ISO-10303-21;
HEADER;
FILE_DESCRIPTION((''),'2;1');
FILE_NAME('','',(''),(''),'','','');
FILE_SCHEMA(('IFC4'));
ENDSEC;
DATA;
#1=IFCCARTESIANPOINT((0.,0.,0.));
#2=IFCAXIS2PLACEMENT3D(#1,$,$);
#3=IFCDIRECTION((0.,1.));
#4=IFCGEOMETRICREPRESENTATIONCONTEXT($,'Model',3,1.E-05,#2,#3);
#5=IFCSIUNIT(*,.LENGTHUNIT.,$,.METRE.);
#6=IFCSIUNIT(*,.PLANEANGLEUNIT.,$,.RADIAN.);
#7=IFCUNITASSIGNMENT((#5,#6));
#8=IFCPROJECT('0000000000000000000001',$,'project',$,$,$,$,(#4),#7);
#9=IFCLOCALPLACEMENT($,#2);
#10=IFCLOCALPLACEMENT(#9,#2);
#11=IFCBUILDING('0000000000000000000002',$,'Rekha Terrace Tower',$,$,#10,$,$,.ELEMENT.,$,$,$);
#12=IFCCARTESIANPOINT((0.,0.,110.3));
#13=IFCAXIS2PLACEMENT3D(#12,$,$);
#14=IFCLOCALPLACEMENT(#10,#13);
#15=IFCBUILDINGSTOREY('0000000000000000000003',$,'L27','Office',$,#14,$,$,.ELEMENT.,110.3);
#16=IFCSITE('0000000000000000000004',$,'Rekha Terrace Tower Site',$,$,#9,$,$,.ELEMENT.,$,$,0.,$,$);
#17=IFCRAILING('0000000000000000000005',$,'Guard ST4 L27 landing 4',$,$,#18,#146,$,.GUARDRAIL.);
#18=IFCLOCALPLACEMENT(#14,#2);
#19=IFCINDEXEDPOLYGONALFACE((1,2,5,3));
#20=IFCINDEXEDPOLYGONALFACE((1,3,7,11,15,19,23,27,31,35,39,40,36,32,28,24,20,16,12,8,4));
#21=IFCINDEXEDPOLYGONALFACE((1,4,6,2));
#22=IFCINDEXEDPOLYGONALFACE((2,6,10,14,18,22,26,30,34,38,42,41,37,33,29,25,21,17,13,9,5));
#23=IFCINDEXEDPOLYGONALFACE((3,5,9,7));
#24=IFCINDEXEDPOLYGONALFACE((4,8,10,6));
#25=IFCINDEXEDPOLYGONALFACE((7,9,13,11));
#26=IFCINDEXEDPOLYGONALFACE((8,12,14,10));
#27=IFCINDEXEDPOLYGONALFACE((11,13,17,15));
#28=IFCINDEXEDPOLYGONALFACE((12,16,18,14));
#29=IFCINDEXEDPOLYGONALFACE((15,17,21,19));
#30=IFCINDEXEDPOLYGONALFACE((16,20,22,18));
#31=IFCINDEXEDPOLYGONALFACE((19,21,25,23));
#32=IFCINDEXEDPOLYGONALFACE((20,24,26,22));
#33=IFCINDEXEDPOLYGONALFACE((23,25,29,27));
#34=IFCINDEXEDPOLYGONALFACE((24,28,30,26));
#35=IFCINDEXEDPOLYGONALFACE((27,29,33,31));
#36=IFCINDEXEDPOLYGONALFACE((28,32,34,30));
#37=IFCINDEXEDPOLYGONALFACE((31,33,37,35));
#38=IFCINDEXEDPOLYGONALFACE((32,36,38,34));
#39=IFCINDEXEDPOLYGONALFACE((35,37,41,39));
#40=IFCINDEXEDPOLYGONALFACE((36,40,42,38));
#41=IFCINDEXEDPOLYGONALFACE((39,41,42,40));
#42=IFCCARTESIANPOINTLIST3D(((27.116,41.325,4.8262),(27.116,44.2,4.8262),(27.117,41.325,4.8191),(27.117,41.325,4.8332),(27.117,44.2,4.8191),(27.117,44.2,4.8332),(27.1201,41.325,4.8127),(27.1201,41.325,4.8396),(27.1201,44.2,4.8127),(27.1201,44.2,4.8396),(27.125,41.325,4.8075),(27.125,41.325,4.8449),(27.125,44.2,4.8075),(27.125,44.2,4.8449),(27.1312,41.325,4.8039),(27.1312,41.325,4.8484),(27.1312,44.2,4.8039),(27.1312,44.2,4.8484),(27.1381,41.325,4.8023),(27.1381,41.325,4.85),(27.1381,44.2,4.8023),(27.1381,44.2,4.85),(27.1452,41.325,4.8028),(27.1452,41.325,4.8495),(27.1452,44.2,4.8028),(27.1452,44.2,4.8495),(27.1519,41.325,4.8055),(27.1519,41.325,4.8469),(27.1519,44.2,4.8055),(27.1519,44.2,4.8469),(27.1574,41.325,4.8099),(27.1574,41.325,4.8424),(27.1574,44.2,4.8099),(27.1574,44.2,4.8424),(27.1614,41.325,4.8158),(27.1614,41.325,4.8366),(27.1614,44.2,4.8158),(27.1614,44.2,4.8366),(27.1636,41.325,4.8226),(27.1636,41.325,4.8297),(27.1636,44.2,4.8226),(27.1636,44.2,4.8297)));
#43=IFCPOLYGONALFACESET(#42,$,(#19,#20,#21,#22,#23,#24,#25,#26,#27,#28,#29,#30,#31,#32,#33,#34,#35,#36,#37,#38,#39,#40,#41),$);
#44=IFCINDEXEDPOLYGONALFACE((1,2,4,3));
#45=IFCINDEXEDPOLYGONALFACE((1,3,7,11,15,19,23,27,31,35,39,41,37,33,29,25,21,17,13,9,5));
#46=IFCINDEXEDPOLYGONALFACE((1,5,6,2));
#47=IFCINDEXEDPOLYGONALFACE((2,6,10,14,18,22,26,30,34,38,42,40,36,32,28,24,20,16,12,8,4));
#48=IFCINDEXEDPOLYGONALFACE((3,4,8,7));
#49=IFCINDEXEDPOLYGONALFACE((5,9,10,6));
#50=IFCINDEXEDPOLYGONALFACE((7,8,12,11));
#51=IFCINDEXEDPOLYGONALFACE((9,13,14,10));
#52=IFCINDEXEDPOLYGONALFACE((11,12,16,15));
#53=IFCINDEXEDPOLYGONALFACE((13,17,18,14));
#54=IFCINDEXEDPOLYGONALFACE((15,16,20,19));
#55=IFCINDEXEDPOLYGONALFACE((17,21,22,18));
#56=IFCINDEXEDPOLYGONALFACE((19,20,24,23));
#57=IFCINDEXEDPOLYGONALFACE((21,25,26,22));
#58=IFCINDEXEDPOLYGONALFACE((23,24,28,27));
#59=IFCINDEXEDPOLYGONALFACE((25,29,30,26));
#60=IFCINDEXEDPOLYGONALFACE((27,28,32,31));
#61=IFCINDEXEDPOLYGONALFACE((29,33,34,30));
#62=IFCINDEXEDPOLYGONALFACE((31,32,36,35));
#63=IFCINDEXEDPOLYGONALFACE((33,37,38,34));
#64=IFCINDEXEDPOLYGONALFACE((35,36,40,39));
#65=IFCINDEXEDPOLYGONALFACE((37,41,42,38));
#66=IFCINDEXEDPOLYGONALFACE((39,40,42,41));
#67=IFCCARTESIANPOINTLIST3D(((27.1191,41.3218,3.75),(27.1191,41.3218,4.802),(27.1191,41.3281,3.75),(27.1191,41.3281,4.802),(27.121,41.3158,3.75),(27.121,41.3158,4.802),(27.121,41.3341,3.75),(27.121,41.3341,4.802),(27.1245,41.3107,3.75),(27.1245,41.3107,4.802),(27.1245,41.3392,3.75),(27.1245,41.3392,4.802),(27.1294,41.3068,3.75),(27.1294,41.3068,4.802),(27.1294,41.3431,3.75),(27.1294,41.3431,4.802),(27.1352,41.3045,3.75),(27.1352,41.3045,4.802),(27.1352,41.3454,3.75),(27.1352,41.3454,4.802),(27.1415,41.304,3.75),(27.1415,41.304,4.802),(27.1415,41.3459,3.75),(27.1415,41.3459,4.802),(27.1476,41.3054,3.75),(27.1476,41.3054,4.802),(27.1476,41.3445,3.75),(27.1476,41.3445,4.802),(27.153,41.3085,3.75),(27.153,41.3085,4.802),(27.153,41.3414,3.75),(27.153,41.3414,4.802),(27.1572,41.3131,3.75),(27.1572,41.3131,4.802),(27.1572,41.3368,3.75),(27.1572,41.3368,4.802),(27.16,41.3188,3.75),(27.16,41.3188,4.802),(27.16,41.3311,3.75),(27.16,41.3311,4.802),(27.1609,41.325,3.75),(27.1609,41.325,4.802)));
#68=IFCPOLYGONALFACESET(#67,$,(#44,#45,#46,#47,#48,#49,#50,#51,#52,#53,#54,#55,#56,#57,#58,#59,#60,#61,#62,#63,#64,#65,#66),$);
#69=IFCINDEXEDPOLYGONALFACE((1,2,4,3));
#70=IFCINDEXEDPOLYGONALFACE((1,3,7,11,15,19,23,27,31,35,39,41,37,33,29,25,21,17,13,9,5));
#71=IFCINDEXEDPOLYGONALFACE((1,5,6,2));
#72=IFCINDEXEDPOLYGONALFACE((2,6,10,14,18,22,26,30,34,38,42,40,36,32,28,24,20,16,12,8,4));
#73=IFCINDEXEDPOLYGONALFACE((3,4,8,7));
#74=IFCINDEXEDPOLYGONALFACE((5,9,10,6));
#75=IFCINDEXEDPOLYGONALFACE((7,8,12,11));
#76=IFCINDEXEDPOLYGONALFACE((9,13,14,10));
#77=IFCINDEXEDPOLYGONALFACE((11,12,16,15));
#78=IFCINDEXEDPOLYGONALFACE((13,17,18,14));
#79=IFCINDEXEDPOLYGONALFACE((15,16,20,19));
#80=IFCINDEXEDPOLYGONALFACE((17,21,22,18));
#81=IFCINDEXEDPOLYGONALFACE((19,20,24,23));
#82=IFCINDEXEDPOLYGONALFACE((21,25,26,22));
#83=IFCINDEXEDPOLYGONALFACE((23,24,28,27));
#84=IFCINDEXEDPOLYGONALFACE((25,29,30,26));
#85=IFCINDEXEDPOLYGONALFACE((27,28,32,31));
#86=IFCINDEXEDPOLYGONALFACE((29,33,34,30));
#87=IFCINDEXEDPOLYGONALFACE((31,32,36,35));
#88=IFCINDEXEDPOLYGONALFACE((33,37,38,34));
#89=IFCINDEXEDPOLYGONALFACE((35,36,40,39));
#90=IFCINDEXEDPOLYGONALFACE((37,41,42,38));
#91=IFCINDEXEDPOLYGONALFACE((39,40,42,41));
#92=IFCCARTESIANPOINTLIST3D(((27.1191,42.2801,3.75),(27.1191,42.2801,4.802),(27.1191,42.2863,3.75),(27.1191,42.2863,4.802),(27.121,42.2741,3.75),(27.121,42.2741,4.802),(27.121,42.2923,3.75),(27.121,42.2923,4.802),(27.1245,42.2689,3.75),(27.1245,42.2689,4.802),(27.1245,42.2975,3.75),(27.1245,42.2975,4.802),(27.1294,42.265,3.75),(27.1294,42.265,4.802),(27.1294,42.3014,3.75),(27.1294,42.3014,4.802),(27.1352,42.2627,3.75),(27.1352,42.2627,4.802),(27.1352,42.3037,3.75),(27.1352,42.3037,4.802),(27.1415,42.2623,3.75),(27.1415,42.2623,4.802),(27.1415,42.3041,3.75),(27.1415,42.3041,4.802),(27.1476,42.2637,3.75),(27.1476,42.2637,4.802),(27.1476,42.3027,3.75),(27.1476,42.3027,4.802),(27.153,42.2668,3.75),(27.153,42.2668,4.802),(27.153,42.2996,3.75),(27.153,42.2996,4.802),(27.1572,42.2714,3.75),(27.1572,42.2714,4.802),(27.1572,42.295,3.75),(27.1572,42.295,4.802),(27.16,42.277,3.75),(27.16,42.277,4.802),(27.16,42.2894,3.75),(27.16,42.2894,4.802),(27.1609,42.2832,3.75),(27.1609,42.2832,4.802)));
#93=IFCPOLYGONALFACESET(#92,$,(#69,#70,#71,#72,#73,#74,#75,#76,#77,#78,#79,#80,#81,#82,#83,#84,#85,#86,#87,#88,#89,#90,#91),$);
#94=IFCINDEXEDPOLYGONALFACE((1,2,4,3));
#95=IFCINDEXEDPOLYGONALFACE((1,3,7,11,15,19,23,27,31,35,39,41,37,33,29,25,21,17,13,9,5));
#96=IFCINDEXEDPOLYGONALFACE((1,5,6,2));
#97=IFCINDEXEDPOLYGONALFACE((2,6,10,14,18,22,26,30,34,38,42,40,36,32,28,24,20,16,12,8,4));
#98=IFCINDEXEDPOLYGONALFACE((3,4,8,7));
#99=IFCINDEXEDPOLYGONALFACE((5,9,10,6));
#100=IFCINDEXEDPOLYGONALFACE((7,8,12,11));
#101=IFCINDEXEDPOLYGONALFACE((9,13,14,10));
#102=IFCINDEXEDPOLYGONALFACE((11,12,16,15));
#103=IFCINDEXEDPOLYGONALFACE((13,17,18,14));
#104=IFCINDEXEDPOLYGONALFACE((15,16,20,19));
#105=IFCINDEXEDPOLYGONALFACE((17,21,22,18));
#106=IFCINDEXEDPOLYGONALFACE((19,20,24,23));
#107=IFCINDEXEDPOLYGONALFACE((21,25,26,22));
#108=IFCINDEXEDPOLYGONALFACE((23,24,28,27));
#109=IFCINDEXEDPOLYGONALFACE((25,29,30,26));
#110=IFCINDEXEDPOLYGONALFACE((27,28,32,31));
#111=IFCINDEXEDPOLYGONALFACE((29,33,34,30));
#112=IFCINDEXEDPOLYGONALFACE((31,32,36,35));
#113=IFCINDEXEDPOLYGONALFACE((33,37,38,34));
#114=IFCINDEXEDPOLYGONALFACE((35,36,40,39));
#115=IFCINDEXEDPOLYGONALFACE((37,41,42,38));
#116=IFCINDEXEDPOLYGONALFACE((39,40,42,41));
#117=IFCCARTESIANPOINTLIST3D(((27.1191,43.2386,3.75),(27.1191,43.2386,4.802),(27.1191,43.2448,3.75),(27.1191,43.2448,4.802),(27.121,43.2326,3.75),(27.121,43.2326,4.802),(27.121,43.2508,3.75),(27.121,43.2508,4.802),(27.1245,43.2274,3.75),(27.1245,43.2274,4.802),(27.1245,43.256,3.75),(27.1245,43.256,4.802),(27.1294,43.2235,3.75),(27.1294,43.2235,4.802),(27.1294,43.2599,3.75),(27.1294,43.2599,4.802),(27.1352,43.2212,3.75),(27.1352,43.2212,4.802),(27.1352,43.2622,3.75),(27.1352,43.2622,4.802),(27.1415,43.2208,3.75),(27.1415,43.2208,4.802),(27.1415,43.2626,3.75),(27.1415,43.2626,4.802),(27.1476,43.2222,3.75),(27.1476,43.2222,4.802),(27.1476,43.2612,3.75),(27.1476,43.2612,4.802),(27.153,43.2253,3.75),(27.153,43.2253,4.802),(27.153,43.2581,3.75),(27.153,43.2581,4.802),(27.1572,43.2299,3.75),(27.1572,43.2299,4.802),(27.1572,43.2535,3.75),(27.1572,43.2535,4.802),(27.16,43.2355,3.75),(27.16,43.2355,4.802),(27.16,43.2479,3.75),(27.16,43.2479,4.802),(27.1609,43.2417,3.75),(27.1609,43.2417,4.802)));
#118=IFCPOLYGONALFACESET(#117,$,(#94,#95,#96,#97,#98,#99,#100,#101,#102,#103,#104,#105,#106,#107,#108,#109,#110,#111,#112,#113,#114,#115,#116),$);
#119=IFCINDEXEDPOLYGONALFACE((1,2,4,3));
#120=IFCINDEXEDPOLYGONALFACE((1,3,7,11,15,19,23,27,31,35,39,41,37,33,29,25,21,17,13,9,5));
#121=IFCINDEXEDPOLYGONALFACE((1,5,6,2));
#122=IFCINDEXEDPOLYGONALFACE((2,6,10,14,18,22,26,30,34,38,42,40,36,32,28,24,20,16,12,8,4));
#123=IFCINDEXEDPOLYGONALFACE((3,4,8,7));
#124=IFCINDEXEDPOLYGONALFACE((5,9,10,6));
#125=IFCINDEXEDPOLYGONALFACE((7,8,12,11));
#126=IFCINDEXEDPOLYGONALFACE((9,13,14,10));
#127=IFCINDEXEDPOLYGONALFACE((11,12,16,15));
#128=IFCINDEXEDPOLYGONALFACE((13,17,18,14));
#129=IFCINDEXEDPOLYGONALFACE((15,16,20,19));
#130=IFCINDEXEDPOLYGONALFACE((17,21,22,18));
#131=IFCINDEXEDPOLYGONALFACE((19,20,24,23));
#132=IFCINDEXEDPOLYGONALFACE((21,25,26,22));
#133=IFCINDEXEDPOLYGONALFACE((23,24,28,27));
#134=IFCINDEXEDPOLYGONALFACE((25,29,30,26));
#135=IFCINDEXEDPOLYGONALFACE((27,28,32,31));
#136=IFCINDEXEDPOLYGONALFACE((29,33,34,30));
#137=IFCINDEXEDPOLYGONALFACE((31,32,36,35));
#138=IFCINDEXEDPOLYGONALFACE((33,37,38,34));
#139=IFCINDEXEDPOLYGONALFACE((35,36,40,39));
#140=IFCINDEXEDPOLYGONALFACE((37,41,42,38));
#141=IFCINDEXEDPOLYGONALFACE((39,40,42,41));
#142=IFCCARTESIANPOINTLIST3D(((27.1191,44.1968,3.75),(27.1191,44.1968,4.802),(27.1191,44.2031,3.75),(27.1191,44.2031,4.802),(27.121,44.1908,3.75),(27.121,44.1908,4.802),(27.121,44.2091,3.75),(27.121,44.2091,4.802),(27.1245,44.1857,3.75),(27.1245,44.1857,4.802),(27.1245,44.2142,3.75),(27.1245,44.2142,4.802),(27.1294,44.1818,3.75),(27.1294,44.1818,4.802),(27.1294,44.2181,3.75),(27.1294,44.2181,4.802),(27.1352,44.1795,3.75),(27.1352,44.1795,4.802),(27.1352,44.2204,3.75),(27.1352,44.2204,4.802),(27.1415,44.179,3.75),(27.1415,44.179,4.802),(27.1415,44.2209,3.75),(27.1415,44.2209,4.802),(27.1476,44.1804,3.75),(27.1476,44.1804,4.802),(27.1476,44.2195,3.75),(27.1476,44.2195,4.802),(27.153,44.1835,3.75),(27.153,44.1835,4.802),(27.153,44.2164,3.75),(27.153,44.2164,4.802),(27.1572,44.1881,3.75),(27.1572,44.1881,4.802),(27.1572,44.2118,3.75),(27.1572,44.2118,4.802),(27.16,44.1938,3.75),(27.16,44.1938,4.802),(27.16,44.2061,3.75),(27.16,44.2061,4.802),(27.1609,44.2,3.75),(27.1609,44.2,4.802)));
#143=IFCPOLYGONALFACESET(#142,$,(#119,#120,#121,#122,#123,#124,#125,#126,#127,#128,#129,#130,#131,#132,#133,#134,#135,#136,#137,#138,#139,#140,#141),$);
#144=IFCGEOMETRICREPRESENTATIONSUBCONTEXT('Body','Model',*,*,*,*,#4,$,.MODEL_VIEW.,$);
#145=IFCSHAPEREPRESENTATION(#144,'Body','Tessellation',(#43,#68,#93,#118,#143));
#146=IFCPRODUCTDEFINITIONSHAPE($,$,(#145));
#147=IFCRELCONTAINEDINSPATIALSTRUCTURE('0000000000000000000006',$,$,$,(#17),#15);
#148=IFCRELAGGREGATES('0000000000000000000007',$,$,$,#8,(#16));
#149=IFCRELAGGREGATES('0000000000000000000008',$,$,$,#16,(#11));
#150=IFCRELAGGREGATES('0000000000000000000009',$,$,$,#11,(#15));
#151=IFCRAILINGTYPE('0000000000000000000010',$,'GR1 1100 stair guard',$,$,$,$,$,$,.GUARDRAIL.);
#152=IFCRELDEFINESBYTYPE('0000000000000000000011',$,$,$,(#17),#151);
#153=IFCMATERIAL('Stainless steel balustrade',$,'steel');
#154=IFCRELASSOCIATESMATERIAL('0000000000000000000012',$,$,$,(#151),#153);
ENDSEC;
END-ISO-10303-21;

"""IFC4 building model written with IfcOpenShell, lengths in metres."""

from ifc_helpers import new_model, si_unit, direction, frame, origin, origin_2d, place, context, subcontext, project, spatial, circle, extrude, material, type_object, element, save


model = new_model("IFC4")

# Units and contexts
model_context = context("Model", 3, precision=1e-05, world=origin(), true_north=direction((0.0, 1.0)))
body_context = subcontext(model_context, "Body", "Model", "MODEL_VIEW")
ifc_project = project(units=[si_unit("LENGTHUNIT", "METRE"), si_unit("PLANEANGLEUNIT", "RADIAN")], contexts=[model_context])

# Site, building, storey
site_placement = place(None, origin())
site = spatial("IfcSite", under=ifc_project, at=site_placement, Name="Rekha Terrace Tower Site", CompositionType="ELEMENT", RefElevation=0.0)
building_placement = place(site_placement, origin())
building = spatial("IfcBuilding", under=site, at=building_placement, Name="Rekha Terrace Tower", CompositionType="ELEMENT")
storey_placement = place(building_placement, frame((0.0, 0.0, 110.3)))
storey = spatial("IfcBuildingStorey", under=building, at=storey_placement, Name="L27", Description="Office", CompositionType="ELEMENT", Elevation=110.3)

# Railing
ifc_material_1 = material(Name="Stainless steel balustrade", Category="steel")
railing_type_1 = type_object("IfcRailingType", Name="GR1 1100 stair guard", PredefinedType="GUARDRAIL", material=ifc_material_1)
railing_1_placement = place(storey_placement, frame((27.1399, 41.325, 3.75)))
element("IfcRailing", 1, at=railing_1_placement, inside=storey, type_object=railing_type_1, Name="Guard ST4 L27 landing 4", PredefinedType="GUARDRAIL", context=body_context, shape_type="SweptSolid", body=[
    extrude(circle(Radius=0.0239, at=origin_2d()), frame((0.0, 0.0, 1.0762), z_axis=(0.0, 1.0, 0.0), x_axis=(-1.0, 0.0, 0.0)), (0.0, 0.0, 1.0), 2.875),
    extrude(circle(Radius=0.021, at=origin_2d()), origin(), (0.0, 0.0, 1.0), 1.052),
    extrude(circle(Radius=0.021, at=origin_2d()), frame((0.0, 0.9583, 0.0)), (0.0, 0.0, 1.0), 1.052),
    extrude(circle(Radius=0.021, at=origin_2d()), frame((0.0, 1.9167, 0.0)), (0.0, 0.0, 1.0), 1.052),
    extrude(circle(Radius=0.021, at=origin_2d()), frame((0.0, 2.875, 0.0)), (0.0, 0.0, 1.0), 1.052),
])

save(model, "model.ifc")
